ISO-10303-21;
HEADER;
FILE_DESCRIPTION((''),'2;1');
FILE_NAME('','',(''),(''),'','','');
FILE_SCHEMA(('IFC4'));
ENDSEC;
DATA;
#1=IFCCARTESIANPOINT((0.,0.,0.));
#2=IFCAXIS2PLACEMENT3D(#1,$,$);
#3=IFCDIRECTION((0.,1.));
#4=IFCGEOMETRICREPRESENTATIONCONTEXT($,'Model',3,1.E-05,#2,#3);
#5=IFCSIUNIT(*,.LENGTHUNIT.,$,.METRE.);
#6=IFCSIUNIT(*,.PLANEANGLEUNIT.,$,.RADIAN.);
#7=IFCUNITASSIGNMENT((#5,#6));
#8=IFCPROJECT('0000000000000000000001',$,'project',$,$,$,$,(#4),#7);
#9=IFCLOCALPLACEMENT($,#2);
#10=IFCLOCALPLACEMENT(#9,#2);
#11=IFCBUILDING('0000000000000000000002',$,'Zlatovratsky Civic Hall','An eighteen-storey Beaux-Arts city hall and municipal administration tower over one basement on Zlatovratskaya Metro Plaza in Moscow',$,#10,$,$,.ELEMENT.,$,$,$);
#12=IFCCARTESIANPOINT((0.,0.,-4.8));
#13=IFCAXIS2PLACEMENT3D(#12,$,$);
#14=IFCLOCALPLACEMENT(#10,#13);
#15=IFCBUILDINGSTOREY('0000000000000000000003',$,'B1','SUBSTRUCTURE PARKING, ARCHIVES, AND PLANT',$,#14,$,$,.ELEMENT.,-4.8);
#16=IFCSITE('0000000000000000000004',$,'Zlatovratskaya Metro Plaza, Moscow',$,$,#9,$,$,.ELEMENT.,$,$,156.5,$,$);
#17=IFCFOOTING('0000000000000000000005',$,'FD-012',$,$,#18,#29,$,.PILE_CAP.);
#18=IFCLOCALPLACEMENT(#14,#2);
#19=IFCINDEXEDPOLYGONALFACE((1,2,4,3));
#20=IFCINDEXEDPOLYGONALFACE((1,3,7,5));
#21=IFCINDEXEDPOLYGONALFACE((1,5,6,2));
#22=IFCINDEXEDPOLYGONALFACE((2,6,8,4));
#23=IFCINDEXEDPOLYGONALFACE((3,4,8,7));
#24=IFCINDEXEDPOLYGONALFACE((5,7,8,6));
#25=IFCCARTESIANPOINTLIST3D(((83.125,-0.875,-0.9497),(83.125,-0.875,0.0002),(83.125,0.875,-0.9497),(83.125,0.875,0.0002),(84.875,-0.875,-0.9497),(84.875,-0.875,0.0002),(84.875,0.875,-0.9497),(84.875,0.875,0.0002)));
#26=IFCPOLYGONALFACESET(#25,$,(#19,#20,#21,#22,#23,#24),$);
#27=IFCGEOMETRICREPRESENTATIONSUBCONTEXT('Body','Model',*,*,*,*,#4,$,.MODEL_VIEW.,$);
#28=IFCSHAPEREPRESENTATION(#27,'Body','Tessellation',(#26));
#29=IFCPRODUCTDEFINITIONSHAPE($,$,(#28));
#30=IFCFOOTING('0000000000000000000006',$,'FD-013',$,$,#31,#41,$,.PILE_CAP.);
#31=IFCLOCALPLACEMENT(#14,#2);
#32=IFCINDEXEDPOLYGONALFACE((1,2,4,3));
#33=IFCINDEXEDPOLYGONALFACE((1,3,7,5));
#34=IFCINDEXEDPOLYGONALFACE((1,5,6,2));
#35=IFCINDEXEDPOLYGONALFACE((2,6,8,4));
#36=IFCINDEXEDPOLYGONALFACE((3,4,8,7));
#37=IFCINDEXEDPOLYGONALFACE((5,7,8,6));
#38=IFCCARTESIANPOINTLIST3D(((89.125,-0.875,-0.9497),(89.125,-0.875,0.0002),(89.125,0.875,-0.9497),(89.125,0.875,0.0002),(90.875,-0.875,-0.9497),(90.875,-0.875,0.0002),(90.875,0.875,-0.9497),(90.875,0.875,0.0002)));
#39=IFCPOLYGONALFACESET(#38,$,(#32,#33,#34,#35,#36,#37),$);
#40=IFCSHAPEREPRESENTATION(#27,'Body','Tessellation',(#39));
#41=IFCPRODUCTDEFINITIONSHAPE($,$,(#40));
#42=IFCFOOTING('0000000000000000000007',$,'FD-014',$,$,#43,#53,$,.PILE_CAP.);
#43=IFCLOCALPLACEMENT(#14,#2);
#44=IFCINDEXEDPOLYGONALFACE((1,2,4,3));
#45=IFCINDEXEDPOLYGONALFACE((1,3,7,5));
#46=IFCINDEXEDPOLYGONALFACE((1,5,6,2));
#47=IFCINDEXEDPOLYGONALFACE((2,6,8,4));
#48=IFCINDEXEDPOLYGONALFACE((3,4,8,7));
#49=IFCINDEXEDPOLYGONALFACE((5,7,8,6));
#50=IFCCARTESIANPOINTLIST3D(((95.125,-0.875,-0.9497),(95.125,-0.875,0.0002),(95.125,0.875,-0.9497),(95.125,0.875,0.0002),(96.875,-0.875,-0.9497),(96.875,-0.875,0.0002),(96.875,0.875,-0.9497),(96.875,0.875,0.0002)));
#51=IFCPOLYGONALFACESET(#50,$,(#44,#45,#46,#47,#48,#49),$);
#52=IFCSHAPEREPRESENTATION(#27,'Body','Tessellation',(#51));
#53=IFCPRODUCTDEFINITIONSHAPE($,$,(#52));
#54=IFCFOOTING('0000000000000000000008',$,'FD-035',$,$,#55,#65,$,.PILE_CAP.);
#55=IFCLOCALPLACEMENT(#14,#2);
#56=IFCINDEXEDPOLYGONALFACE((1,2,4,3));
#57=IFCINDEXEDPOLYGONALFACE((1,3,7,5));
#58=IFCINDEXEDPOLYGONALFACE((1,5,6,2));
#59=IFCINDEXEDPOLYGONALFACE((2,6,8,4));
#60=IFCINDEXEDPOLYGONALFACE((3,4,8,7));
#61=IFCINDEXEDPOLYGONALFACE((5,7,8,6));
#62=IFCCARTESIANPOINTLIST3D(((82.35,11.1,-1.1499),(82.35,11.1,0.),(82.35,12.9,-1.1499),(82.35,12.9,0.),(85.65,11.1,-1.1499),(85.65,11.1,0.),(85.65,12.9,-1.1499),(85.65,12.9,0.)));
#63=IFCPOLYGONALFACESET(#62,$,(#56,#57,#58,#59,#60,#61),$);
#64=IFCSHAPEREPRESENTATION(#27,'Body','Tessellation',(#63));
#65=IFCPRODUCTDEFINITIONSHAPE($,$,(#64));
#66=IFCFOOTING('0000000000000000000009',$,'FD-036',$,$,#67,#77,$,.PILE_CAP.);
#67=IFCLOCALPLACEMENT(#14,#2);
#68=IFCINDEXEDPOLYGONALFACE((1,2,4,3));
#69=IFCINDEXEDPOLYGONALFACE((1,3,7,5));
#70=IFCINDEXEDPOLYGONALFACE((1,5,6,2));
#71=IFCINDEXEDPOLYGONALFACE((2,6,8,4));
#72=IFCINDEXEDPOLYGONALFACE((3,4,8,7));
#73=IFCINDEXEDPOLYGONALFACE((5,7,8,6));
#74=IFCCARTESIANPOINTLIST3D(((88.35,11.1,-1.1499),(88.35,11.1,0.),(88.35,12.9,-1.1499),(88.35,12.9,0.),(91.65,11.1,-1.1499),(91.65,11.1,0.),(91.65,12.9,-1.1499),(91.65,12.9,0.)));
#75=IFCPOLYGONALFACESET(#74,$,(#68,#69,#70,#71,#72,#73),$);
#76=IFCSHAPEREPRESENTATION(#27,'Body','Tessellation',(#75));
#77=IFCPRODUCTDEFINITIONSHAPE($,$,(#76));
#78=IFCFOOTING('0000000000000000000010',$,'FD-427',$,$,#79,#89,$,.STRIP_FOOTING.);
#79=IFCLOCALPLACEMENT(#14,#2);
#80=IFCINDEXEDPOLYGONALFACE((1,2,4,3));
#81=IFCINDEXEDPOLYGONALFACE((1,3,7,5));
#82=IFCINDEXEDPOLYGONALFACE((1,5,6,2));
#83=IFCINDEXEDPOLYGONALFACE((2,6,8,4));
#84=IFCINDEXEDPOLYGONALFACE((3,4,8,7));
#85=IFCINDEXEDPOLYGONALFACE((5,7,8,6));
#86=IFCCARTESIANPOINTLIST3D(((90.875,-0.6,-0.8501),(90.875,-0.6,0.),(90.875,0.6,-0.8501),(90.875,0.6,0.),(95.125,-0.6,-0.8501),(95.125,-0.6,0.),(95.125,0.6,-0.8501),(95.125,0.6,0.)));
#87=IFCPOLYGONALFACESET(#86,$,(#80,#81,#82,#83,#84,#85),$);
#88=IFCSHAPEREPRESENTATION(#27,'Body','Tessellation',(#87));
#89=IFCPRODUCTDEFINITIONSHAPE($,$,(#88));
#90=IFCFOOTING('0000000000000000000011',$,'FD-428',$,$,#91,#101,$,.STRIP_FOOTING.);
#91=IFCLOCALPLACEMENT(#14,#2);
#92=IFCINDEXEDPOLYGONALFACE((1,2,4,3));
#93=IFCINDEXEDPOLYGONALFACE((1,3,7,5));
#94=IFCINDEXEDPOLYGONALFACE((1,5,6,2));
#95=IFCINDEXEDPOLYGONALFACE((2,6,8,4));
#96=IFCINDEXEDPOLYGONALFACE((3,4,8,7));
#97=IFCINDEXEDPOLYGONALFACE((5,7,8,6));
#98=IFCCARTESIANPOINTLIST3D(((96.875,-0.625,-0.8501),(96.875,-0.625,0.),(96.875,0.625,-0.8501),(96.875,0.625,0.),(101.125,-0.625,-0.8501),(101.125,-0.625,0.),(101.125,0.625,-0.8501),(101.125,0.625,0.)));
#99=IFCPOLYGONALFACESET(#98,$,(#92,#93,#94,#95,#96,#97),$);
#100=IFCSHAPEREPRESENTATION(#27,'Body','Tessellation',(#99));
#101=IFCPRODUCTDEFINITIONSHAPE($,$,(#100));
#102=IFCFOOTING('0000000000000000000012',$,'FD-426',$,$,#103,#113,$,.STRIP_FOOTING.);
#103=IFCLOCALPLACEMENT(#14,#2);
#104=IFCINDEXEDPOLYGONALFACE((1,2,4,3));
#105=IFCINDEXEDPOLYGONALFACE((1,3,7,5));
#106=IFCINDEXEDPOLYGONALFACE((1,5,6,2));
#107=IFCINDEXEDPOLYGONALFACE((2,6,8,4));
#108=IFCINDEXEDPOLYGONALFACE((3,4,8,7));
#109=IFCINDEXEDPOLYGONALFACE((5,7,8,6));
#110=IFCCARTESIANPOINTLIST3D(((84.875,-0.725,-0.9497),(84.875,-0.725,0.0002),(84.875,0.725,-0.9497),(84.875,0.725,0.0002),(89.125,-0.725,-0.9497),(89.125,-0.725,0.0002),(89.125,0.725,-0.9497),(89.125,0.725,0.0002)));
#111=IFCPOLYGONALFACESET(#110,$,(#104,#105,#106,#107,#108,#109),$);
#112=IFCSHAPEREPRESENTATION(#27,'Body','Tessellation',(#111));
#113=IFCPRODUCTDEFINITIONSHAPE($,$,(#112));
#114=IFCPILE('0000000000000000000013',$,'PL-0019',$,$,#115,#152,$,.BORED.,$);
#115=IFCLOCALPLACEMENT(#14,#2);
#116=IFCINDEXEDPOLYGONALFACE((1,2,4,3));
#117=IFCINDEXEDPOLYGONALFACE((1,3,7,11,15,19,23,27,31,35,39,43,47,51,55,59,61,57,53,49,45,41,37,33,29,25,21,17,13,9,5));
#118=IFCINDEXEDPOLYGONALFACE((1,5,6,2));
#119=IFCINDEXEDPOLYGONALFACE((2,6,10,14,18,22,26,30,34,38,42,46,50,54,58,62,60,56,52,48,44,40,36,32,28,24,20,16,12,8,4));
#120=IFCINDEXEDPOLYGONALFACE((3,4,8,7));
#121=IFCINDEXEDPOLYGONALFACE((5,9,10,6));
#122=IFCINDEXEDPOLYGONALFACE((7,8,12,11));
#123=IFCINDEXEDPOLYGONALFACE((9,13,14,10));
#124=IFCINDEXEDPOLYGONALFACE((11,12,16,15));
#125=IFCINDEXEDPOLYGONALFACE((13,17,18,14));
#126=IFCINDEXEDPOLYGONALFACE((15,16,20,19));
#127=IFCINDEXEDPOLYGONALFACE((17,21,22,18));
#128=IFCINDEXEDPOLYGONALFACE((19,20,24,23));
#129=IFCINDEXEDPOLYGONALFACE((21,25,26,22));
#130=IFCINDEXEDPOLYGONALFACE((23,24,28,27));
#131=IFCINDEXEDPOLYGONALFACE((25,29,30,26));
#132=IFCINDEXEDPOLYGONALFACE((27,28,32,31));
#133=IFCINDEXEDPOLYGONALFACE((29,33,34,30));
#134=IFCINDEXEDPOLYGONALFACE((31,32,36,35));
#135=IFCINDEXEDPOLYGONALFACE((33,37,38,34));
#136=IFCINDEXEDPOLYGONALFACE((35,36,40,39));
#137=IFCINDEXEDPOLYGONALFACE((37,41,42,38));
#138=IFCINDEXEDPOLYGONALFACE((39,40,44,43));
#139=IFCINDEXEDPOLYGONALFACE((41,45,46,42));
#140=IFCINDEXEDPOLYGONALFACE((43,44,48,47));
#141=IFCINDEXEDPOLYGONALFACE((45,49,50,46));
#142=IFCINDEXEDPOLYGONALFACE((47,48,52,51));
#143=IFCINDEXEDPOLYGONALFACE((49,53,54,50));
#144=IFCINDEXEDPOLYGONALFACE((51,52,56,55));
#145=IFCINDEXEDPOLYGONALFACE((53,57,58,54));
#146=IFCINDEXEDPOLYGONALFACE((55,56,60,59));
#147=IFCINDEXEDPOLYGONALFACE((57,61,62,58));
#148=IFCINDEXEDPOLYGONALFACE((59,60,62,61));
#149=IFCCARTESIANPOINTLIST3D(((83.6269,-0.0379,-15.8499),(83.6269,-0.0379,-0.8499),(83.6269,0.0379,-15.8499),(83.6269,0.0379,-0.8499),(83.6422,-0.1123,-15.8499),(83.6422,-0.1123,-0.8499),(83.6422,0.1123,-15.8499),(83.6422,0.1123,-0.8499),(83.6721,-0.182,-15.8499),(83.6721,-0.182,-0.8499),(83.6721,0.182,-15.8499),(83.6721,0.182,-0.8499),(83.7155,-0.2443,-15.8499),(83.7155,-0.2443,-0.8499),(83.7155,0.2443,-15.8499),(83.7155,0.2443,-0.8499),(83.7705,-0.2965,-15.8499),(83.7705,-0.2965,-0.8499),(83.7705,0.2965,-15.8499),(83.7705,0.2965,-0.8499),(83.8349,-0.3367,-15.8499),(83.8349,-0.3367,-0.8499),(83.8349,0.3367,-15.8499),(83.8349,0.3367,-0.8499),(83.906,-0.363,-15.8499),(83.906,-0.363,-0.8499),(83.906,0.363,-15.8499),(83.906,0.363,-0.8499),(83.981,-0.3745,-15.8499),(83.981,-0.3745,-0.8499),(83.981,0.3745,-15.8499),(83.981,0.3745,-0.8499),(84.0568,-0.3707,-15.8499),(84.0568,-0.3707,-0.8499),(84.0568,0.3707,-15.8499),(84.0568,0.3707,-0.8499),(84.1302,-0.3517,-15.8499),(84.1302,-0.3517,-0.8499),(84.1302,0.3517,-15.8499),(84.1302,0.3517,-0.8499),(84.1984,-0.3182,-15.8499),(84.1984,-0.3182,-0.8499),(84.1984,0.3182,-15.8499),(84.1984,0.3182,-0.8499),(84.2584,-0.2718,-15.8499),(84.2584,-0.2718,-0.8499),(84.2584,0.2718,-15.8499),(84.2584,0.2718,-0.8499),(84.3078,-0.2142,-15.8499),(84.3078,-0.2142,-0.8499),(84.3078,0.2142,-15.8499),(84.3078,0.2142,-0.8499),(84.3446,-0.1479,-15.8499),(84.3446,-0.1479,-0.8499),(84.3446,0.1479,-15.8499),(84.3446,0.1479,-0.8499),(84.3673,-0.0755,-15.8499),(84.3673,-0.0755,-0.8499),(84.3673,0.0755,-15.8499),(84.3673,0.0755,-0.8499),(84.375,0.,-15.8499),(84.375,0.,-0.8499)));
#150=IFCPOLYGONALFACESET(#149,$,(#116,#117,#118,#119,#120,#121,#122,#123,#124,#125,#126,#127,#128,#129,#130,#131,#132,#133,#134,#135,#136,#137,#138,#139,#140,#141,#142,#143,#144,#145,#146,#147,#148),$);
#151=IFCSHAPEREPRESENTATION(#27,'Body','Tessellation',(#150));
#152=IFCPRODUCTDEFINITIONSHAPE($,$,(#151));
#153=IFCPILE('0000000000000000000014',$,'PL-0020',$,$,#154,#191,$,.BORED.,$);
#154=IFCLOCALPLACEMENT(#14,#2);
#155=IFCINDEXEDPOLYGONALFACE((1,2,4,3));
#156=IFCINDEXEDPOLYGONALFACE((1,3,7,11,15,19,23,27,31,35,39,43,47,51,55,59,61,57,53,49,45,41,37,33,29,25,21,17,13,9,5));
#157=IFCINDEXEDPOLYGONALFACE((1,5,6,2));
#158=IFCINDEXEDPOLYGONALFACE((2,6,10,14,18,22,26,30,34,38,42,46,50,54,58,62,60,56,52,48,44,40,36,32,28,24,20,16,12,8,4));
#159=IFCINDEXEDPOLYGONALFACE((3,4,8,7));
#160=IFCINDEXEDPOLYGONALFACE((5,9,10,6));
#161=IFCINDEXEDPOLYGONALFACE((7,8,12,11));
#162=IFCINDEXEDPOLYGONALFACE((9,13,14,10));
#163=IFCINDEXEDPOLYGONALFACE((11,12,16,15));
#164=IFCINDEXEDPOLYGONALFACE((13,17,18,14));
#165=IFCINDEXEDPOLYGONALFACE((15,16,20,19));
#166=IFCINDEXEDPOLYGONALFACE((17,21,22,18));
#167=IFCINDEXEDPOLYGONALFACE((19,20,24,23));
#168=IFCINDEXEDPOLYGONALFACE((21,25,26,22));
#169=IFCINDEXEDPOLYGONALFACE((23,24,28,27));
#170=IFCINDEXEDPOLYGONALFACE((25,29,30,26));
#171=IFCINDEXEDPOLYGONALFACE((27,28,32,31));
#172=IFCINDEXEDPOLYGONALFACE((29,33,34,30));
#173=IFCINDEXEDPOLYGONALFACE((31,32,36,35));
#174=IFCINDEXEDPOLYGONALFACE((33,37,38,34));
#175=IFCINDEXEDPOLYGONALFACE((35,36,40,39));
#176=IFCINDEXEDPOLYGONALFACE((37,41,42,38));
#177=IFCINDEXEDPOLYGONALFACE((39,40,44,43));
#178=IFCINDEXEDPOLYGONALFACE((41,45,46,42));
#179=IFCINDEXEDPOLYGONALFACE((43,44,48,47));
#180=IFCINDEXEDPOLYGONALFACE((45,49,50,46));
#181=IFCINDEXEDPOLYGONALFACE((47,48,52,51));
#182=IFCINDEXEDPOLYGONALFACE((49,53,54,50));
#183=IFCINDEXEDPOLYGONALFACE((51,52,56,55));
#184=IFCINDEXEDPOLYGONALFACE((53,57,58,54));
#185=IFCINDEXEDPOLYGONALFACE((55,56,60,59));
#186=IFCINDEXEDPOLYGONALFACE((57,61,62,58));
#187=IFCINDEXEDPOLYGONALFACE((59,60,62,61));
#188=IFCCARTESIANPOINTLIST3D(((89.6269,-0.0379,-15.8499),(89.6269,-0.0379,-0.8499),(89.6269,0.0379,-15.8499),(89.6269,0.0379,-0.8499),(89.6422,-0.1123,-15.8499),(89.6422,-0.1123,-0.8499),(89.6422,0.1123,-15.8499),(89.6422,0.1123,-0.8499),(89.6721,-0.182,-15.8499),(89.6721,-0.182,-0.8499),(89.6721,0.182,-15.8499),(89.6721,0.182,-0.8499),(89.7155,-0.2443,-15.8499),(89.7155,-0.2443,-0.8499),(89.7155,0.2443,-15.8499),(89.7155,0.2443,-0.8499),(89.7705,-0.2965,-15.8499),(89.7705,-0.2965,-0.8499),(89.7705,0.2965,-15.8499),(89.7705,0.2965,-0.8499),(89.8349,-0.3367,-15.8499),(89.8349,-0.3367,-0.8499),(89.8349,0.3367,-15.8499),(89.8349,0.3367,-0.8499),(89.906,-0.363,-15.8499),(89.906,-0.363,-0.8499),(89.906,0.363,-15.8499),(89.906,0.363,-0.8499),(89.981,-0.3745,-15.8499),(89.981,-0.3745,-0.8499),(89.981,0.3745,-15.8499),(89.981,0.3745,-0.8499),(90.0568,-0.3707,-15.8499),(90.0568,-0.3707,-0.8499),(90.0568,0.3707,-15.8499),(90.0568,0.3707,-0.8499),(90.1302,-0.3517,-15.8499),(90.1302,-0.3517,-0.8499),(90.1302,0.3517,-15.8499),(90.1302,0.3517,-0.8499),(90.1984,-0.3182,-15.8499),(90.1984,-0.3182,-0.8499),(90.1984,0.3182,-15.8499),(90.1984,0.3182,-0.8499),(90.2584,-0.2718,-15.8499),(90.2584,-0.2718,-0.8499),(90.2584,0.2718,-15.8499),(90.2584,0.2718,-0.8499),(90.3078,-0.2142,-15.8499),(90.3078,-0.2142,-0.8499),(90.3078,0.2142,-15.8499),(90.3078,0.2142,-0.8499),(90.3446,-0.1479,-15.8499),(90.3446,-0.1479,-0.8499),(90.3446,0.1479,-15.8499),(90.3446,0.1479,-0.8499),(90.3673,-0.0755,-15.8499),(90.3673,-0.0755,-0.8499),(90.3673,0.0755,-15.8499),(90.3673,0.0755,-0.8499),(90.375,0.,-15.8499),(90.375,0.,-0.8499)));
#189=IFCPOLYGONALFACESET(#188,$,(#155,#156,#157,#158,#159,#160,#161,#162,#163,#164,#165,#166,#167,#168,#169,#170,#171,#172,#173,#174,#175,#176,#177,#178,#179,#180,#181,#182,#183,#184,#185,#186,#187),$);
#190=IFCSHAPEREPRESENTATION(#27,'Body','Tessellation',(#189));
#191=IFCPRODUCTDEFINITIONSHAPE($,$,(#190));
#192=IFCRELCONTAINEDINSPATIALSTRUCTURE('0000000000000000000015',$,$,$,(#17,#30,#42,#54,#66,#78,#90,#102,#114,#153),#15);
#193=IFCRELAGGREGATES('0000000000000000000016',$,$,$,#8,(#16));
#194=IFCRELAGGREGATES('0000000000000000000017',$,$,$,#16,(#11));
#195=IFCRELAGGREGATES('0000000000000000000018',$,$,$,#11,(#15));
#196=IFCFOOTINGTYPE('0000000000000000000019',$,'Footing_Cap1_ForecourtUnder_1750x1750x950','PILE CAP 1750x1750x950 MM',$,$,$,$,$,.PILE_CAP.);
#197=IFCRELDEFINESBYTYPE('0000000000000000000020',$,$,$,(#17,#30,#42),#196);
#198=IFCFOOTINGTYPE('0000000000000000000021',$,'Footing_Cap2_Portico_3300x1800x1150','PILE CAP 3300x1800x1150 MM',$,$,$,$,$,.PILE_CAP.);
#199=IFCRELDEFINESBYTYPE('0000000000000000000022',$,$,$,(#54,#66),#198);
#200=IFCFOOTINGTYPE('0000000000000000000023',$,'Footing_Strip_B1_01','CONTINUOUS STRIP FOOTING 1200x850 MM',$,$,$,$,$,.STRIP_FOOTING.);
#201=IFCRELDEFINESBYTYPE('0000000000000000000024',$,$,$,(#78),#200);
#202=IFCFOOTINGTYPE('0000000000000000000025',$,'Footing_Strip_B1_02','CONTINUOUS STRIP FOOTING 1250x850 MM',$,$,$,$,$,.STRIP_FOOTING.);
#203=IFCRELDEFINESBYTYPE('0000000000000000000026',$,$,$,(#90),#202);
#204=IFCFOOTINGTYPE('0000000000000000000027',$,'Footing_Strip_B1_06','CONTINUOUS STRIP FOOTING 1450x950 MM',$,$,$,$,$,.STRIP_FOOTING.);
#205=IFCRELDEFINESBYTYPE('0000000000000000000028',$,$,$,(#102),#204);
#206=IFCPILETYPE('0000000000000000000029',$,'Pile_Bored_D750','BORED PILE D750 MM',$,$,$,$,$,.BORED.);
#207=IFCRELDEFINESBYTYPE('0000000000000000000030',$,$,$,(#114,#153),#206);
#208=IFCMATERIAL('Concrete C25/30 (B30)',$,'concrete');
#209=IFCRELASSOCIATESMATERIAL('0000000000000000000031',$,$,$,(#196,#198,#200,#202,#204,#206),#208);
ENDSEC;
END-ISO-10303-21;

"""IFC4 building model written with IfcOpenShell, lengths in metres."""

from ifc_helpers import new_model, si_unit, direction, frame, origin, origin_2d, place, context, subcontext, project, spatial, rectangle, circle, extrude, material, material_profile, profile_set, type_object, element, save


model = new_model("IFC4")

# Units and contexts
model_context = context("Model", 3, precision=1e-05, world=origin(), true_north=direction((0.0, 1.0)))
body_context = subcontext(model_context, "Body", "Model", "MODEL_VIEW")
ifc_project = project(units=[si_unit("LENGTHUNIT", "METRE"), si_unit("PLANEANGLEUNIT", "RADIAN")], contexts=[model_context])

# Site, building, storey
site_placement = place(None, origin())
site = spatial("IfcSite", under=ifc_project, at=site_placement, Name="Zlatovratskaya Metro Plaza, Moscow", CompositionType="ELEMENT", RefElevation=156.5)
building_placement = place(site_placement, origin())
building = spatial("IfcBuilding", under=site, at=building_placement, Name="Zlatovratsky Civic Hall", Description="An eighteen-storey Beaux-Arts city hall and municipal administration tower over one basement on Zlatovratskaya Metro Plaza in Moscow", CompositionType="ELEMENT")
storey_placement = place(building_placement, frame((0.0, 0.0, -4.8)))
storey = spatial("IfcBuildingStorey", under=building, at=storey_placement, Name="B1", Description="SUBSTRUCTURE PARKING, ARCHIVES, AND PLANT", CompositionType="ELEMENT", Elevation=-4.8)

# Footings
ifc_material_1 = material(Name="Concrete C25/30 (B30)", Category="concrete")
footing_type_1 = type_object("IfcFootingType", Name="Footing_Cap1_ForecourtUnder_1750x1750x950", Description="PILE CAP 1750x1750x950 MM", PredefinedType="PILE_CAP", material=ifc_material_1)
for number, where, z_axis, x_axis, name in (
    (1, (84.0, 0.0, -0.9497), (0.0, 0.0, 1.0), (1.0, 0.0, 0.0), "FD-012"),
    (2, (90.0, 0.0, -0.9497), (0.0, 0.0, 1.0), (1.0, 0.0, 0.0), "FD-013"),
    (3, (96.0, 0.0, -0.9497), (0.0, 0.0, 1.0), (1.0, 0.0, 0.0), "FD-014"),
):
    element("IfcFooting", number, at=place(storey_placement, frame(where, z_axis=z_axis, x_axis=x_axis)), inside=storey, type_object=footing_type_1, Name=name, PredefinedType="PILE_CAP", context=body_context, shape_type="SweptSolid", body=[
        extrude(rectangle(XDim=1.75, YDim=1.75, at=origin_2d()), origin(), (0.0, 0.0, 1.0), 0.95),
    ])
footing_type_2 = type_object("IfcFootingType", Name="Footing_Cap2_Portico_3300x1800x1150", Description="PILE CAP 3300x1800x1150 MM", PredefinedType="PILE_CAP", material=ifc_material_1)
for number, where, z_axis, x_axis, name in (
    (4, (84.0, 12.0, -1.1499), (0.0, 0.0, 1.0), (1.0, 0.0, 0.0), "FD-035"),
    (5, (90.0, 12.0, -1.1499), (0.0, 0.0, 1.0), (1.0, 0.0, 0.0), "FD-036"),
):
    element("IfcFooting", number, at=place(storey_placement, frame(where, z_axis=z_axis, x_axis=x_axis)), inside=storey, type_object=footing_type_2, Name=name, PredefinedType="PILE_CAP", context=body_context, shape_type="SweptSolid", body=[
        extrude(rectangle(XDim=3.3, YDim=1.8, at=origin_2d()), origin(), (0.0, 0.0, 1.0), 1.1499),
    ])
footing_type_3 = type_object("IfcFootingType", Name="Footing_Strip_B1_01", Description="CONTINUOUS STRIP FOOTING 1200x850 MM", PredefinedType="STRIP_FOOTING", material=ifc_material_1)
footing_1_placement = place(storey_placement, frame((93.0, 0.0, -0.8501), z_axis=(0.0, 0.0, 1.0), x_axis=(1.0, 0.0, 0.0)))
element("IfcFooting", 6, at=footing_1_placement, inside=storey, type_object=footing_type_3, Name="FD-427", PredefinedType="STRIP_FOOTING", context=body_context, shape_type="SweptSolid", body=[
    extrude(rectangle(XDim=4.25, YDim=1.2, at=origin_2d()), origin(), (0.0, 0.0, 1.0), 0.8501),
])
footing_type_4 = type_object("IfcFootingType", Name="Footing_Strip_B1_02", Description="CONTINUOUS STRIP FOOTING 1250x850 MM", PredefinedType="STRIP_FOOTING", material=ifc_material_1)
footing_2_placement = place(storey_placement, frame((99.0, 0.0, -0.8501), z_axis=(0.0, 0.0, 1.0), x_axis=(1.0, 0.0, 0.0)))
element("IfcFooting", 7, at=footing_2_placement, inside=storey, type_object=footing_type_4, Name="FD-428", PredefinedType="STRIP_FOOTING", context=body_context, shape_type="SweptSolid", body=[
    extrude(rectangle(XDim=4.25, YDim=1.25, at=origin_2d()), origin(), (0.0, 0.0, 1.0), 0.8501),
])
footing_type_5 = type_object("IfcFootingType", Name="Footing_Strip_B1_06", Description="CONTINUOUS STRIP FOOTING 1450x950 MM", PredefinedType="STRIP_FOOTING", material=ifc_material_1)
footing_3_placement = place(storey_placement, frame((87.0, 0.0, -0.9497), z_axis=(0.0, 0.0, 1.0), x_axis=(1.0, 0.0, 0.0)))
element("IfcFooting", 8, at=footing_3_placement, inside=storey, type_object=footing_type_5, Name="FD-426", PredefinedType="STRIP_FOOTING", context=body_context, shape_type="SweptSolid", body=[
    extrude(rectangle(XDim=4.25, YDim=1.45, at=origin_2d()), origin(), (0.0, 0.0, 1.0), 0.95),
])

# Piles
ifc_material_profile_1 = material_profile(ifc_material_1, circle(Radius=0.375, at=origin_2d()), Name="PILE D750")
ifc_profile_set_1 = profile_set([ifc_material_profile_1], Name="Concrete C25/30 (B30)")
pile_type = type_object("IfcPileType", Name="Pile_Bored_D750", Description="BORED PILE D750 MM", PredefinedType="BORED", material=ifc_profile_set_1)
for number, where, z_axis, x_axis, name in (
    (9, (84.0, 0.0, -0.8499), (0.0, 0.0, -1.0), (1.0, 0.0, 0.0), "PL-0019"),
    (10, (90.0, 0.0, -0.8499), (0.0, 0.0, -1.0), (1.0, 0.0, 0.0), "PL-0020"),
):
    element("IfcPile", number, at=place(storey_placement, frame(where, z_axis=z_axis, x_axis=x_axis)), inside=storey, type_object=pile_type, Name=name, PredefinedType="BORED", context=body_context, shape_type="SweptSolid", body=[
        extrude(circle(Radius=0.375, at=origin_2d()), origin(), (0.0, 0.0, 1.0), 15.0),
    ])

save(model, "model.ifc")
